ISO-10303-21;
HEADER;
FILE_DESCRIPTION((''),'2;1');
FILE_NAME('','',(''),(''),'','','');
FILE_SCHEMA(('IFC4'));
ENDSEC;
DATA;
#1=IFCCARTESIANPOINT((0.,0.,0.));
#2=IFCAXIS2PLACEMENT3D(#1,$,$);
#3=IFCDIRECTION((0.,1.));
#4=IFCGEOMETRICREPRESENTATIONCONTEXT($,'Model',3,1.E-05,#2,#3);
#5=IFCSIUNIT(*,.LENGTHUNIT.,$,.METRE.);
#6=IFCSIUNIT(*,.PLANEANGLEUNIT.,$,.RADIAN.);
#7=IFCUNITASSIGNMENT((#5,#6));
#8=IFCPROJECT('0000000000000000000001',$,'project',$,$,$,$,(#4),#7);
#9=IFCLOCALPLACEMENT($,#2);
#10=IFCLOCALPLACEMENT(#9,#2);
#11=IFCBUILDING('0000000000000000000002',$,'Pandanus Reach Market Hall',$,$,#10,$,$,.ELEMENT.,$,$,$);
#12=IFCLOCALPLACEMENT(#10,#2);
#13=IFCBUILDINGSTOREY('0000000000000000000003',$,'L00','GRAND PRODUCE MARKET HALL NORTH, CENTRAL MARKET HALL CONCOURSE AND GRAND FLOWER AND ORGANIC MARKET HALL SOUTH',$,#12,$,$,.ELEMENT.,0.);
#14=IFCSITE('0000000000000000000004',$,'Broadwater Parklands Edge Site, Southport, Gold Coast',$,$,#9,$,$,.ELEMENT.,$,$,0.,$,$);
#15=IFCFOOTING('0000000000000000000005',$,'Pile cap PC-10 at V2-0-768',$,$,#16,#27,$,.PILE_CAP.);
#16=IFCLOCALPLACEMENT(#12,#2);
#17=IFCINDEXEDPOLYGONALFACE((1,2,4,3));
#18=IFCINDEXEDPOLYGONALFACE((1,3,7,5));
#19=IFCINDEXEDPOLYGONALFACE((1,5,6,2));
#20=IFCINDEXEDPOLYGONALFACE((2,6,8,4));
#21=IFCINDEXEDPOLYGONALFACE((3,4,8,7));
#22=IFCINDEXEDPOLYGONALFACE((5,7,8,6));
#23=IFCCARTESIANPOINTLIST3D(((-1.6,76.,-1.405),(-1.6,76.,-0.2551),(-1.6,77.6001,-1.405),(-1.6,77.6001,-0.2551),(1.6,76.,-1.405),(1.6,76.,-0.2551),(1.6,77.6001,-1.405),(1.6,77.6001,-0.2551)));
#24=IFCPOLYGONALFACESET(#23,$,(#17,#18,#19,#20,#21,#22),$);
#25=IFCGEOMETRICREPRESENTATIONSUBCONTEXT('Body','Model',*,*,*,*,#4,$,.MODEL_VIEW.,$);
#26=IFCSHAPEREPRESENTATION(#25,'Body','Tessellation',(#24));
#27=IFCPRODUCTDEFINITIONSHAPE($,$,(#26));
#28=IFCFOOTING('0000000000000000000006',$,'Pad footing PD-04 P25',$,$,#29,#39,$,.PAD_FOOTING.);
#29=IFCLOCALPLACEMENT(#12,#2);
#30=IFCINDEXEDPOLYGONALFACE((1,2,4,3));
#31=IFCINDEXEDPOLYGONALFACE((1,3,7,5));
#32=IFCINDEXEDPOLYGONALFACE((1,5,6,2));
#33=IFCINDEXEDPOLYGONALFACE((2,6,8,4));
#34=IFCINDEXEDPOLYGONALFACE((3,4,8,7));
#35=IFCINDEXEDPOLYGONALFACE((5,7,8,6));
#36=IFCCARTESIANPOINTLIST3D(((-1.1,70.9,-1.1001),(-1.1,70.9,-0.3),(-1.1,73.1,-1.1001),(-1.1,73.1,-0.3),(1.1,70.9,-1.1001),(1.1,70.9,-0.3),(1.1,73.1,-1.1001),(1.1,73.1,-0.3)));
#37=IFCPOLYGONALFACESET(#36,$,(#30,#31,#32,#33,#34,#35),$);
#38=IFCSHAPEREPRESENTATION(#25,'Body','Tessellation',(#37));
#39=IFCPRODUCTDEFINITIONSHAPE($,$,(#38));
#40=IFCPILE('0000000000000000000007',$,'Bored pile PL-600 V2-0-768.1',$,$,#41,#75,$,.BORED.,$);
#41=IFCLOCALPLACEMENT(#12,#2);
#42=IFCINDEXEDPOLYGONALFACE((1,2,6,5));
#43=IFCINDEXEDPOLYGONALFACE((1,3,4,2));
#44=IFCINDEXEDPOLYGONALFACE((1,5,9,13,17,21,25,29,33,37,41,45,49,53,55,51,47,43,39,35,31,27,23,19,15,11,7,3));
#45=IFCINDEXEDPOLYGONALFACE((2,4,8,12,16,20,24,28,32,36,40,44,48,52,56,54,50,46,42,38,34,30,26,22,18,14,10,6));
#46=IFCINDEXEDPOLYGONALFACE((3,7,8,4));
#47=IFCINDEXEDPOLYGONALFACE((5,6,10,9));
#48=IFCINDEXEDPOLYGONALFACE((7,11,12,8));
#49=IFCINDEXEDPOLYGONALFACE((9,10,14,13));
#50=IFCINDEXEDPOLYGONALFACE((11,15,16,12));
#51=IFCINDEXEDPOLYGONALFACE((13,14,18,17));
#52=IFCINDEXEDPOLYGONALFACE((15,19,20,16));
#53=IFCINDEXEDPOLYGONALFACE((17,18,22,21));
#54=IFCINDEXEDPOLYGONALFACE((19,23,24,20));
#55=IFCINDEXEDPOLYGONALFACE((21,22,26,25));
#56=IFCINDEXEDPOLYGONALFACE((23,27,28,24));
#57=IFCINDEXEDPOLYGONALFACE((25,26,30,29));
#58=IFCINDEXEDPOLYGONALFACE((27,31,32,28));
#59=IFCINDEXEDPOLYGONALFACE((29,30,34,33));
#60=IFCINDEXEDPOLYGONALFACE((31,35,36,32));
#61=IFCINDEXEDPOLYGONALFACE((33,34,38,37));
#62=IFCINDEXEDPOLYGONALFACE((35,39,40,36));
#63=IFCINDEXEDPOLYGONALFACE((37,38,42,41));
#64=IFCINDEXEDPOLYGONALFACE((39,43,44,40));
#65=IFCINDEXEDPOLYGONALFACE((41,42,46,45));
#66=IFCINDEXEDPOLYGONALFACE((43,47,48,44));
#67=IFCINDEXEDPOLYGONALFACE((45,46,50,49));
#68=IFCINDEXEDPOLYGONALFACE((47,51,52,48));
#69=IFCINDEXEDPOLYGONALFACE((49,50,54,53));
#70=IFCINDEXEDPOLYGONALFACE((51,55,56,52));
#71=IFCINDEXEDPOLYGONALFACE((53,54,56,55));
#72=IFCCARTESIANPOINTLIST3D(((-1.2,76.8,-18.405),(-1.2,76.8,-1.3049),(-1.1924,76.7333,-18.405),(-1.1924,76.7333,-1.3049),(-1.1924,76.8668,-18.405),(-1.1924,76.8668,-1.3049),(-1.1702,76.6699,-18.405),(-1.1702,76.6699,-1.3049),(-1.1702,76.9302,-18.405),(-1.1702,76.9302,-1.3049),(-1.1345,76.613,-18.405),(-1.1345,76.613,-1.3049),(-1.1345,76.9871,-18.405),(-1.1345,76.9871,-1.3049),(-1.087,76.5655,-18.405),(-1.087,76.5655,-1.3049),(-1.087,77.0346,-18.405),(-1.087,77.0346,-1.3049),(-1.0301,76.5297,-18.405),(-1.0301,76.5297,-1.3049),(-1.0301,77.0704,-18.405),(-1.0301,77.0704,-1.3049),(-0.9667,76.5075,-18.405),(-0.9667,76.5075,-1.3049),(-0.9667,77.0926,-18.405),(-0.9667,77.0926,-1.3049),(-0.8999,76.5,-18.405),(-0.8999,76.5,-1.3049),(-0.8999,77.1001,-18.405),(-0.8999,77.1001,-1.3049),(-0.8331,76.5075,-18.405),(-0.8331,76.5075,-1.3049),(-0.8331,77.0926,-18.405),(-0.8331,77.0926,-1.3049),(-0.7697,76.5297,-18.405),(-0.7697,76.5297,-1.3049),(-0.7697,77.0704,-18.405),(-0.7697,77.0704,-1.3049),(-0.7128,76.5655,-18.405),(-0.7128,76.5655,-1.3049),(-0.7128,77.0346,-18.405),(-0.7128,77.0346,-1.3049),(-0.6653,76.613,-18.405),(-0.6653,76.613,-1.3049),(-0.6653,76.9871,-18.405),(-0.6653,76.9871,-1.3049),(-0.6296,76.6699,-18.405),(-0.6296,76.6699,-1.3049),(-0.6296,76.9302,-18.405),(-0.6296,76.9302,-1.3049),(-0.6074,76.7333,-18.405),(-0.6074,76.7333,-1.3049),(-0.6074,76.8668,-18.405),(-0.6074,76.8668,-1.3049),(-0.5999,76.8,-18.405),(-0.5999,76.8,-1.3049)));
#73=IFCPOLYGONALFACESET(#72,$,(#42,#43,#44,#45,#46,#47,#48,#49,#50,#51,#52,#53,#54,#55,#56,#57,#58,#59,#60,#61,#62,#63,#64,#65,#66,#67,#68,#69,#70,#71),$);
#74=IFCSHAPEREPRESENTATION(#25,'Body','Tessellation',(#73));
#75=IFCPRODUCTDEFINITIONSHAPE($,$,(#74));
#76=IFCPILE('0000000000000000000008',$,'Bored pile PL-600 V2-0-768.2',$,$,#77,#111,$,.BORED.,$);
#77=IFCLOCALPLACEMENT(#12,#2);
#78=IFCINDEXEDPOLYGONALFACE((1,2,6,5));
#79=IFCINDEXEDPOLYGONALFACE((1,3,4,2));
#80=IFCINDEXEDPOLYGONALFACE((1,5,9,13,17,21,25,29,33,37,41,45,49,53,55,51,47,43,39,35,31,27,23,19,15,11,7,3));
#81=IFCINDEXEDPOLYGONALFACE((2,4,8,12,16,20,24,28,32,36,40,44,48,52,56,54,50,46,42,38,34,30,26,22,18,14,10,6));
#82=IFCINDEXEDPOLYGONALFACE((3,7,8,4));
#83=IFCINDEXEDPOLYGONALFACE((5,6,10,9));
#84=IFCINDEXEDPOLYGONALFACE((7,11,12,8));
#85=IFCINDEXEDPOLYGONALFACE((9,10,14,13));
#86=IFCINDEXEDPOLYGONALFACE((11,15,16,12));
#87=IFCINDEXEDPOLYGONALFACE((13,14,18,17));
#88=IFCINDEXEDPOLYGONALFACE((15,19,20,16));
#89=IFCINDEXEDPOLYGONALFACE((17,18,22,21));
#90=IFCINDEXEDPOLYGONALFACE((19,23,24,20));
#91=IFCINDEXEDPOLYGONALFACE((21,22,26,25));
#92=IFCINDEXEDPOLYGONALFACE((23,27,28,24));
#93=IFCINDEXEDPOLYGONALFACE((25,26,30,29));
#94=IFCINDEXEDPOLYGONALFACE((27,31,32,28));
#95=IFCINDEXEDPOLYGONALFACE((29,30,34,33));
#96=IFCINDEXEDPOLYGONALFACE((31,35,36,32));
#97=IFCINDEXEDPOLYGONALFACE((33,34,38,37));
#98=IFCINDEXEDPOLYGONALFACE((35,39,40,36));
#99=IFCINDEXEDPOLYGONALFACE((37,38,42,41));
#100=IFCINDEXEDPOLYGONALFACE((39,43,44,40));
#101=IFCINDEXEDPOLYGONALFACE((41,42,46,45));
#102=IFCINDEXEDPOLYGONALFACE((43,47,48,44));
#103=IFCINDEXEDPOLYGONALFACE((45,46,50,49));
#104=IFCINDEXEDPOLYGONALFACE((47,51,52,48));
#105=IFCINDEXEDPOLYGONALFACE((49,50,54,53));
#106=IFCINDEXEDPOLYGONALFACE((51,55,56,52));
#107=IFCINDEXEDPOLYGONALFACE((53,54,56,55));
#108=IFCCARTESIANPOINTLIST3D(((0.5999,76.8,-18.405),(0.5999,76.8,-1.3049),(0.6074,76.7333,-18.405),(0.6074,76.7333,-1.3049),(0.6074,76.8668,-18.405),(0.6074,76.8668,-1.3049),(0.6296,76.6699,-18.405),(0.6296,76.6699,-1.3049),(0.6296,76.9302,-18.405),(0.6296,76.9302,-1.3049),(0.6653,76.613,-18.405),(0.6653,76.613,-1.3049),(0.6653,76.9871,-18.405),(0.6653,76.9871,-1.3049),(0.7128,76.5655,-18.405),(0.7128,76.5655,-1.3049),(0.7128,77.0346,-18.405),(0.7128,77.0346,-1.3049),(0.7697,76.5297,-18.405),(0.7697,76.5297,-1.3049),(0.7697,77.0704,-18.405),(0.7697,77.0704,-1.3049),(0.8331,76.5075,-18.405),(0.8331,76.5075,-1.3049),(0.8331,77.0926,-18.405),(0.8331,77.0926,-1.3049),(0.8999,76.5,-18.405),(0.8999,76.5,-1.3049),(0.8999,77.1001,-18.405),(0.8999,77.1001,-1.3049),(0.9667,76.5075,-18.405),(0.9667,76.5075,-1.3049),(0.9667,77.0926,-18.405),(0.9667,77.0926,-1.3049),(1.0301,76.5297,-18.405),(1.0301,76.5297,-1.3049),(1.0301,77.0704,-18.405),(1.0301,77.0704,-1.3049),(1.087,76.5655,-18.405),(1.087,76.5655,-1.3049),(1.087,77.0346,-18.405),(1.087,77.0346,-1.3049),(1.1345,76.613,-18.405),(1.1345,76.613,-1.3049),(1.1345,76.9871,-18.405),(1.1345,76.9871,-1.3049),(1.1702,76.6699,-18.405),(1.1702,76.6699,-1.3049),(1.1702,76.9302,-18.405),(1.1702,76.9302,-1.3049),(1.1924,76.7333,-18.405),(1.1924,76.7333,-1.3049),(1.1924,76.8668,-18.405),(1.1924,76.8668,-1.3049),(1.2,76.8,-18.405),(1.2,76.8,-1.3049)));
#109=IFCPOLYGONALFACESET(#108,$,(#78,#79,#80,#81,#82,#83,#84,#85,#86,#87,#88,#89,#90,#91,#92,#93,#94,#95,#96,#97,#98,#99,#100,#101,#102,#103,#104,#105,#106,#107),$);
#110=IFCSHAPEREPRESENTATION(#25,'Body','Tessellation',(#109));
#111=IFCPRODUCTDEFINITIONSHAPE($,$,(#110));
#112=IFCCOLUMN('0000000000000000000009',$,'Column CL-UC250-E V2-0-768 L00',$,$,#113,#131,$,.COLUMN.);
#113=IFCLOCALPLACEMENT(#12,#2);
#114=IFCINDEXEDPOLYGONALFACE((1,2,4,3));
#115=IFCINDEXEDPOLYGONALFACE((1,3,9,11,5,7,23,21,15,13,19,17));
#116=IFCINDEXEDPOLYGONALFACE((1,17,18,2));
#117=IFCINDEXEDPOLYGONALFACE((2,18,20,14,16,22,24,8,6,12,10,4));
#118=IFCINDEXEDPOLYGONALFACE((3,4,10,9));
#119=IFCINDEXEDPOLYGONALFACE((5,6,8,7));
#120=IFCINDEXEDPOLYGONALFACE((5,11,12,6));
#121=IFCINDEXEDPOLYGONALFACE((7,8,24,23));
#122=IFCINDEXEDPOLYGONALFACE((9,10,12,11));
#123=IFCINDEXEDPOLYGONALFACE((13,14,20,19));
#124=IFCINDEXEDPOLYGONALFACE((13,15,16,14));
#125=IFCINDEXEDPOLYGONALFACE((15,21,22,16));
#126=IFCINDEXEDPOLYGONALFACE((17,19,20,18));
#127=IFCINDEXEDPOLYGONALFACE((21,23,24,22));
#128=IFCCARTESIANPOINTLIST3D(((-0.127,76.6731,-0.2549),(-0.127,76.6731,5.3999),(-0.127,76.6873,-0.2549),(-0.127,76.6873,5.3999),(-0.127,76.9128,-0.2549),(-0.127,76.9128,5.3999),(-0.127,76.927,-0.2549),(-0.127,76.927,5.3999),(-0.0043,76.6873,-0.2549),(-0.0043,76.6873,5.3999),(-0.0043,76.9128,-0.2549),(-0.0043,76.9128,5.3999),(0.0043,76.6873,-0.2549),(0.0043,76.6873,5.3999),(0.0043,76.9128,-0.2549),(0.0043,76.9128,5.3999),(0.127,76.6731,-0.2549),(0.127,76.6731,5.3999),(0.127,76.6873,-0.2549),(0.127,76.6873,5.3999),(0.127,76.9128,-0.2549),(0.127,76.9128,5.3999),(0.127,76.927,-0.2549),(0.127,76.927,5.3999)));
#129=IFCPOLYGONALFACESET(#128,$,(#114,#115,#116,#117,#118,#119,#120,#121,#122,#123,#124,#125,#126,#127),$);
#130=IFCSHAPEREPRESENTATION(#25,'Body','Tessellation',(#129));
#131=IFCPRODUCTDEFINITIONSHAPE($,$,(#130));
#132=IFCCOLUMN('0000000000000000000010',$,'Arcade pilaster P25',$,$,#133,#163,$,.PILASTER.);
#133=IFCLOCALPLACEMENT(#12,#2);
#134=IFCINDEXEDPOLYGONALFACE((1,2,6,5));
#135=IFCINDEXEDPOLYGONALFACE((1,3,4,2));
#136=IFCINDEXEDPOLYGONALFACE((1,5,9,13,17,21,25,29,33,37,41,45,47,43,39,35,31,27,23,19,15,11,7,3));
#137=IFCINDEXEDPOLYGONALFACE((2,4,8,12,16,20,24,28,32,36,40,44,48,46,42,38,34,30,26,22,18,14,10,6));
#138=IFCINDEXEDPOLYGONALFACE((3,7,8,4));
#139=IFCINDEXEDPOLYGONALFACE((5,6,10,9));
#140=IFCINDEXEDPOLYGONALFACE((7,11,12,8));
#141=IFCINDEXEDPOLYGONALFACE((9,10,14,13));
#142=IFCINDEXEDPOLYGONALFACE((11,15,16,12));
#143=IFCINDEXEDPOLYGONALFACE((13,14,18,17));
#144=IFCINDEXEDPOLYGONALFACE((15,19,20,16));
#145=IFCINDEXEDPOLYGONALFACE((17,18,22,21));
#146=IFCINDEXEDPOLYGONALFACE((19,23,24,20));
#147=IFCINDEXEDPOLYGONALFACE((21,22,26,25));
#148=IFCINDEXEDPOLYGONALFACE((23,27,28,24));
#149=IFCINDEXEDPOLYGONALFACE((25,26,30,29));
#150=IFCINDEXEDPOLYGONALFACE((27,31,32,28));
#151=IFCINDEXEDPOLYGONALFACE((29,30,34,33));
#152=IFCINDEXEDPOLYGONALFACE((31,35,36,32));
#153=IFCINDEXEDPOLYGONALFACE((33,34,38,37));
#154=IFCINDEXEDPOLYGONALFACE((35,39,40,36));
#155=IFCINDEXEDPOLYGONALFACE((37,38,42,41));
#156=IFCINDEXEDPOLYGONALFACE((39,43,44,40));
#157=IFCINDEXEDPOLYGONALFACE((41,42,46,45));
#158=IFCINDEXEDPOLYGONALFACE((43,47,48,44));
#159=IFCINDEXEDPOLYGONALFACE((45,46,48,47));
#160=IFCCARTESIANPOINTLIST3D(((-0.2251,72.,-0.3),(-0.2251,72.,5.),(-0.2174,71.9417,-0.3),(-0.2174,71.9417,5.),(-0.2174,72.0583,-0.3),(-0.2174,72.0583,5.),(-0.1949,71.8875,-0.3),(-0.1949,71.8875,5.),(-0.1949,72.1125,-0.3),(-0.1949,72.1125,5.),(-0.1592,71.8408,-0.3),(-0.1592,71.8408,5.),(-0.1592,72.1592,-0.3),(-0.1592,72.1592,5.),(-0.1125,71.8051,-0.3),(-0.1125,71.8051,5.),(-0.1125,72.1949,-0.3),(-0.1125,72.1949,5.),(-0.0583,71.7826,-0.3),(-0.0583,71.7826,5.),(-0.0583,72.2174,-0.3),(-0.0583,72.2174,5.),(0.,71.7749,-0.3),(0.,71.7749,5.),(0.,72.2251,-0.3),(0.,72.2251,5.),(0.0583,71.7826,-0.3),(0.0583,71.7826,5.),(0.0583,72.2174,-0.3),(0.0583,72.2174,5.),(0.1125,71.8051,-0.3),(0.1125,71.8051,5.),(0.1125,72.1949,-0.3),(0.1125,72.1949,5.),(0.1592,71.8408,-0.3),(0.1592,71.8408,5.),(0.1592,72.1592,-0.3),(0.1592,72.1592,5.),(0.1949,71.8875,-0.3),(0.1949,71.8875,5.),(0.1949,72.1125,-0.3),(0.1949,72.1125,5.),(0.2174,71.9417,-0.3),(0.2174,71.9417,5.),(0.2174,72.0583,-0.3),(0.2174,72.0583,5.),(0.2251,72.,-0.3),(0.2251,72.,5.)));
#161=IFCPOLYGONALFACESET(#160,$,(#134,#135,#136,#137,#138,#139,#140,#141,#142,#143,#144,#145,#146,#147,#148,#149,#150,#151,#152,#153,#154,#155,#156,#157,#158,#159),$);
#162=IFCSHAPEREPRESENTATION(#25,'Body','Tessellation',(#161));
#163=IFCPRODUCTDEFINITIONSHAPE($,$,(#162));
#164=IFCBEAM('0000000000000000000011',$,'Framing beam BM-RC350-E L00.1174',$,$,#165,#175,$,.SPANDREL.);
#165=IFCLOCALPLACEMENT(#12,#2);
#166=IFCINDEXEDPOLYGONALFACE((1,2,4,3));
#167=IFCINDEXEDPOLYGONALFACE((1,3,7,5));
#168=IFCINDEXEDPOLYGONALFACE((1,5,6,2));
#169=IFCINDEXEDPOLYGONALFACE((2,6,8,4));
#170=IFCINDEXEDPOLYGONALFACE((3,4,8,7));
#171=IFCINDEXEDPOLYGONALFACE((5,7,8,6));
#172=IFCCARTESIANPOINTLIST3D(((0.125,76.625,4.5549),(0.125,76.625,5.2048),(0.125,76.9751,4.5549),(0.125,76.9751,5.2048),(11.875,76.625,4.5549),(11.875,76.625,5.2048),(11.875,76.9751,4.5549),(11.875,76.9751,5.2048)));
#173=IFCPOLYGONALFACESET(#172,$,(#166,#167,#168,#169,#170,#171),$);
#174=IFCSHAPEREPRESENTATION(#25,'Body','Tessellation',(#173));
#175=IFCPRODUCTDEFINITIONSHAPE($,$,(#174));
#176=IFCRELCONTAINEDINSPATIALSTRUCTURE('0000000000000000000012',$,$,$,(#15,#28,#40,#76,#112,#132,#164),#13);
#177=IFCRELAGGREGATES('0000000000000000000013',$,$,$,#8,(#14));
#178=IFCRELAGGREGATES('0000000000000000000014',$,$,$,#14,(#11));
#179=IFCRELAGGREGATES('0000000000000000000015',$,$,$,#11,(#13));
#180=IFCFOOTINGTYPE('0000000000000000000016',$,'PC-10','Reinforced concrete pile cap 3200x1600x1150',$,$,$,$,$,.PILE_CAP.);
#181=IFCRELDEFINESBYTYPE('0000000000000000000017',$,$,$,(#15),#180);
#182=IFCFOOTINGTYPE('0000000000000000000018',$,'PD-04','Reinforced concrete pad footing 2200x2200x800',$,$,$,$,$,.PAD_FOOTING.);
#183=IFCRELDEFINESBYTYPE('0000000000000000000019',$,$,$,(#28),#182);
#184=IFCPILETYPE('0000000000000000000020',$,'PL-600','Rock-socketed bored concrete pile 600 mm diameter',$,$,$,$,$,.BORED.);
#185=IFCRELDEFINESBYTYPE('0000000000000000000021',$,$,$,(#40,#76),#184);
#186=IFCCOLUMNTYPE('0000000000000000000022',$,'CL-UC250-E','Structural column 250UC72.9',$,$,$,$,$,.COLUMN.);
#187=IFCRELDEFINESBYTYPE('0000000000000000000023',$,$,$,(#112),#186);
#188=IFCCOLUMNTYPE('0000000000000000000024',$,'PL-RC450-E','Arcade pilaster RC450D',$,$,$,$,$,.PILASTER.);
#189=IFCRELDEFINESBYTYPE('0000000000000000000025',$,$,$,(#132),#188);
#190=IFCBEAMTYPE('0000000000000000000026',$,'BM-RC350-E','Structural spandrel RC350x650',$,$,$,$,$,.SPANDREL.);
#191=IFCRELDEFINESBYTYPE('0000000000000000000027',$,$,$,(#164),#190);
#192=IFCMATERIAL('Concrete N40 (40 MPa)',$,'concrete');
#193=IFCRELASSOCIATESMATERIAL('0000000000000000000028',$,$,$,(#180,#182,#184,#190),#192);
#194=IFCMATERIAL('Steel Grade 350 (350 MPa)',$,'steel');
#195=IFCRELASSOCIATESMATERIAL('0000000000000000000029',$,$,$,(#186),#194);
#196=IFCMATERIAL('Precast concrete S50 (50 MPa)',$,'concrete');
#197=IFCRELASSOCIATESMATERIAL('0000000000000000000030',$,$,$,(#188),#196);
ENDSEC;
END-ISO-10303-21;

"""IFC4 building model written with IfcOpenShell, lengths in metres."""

from ifc_helpers import new_model, si_unit, direction, frame, origin, origin_2d, place, context, subcontext, project, spatial, rectangle, circle, i_section, extrude, material, material_profile, profile_set, type_object, element, save


model = new_model("IFC4")

# Units and contexts
model_context = context("Model", 3, precision=1e-05, world=origin(), true_north=direction((0.0, 1.0)))
body_context = subcontext(model_context, "Body", "Model", "MODEL_VIEW")
ifc_project = project(units=[si_unit("LENGTHUNIT", "METRE"), si_unit("PLANEANGLEUNIT", "RADIAN")], contexts=[model_context])

# Site, building, storey
site_placement = place(None, origin())
site = spatial("IfcSite", under=ifc_project, at=site_placement, Name="Broadwater Parklands Edge Site, Southport, Gold Coast", CompositionType="ELEMENT", RefElevation=0.0)
building_placement = place(site_placement, origin())
building = spatial("IfcBuilding", under=site, at=building_placement, Name="Pandanus Reach Market Hall", CompositionType="ELEMENT")
storey_placement = place(building_placement, origin())
storey = spatial("IfcBuildingStorey", under=building, at=storey_placement, Name="L00", Description="GRAND PRODUCE MARKET HALL NORTH, CENTRAL MARKET HALL CONCOURSE AND GRAND FLOWER AND ORGANIC MARKET HALL SOUTH", CompositionType="ELEMENT", Elevation=0.0)

# Footings
ifc_material_1 = material(Name="Concrete N40 (40 MPa)", Category="concrete")
footing_type_1 = type_object("IfcFootingType", Name="PC-10", Description="Reinforced concrete pile cap 3200x1600x1150", PredefinedType="PILE_CAP", material=ifc_material_1)
footing_1_placement = place(storey_placement, frame((0.0, 76.8, -1.405), z_axis=(0.0, 0.0, 1.0), x_axis=(1.0, 0.0, 0.0)))
element("IfcFooting", 1, at=footing_1_placement, inside=storey, type_object=footing_type_1, Name="Pile cap PC-10 at V2-0-768", PredefinedType="PILE_CAP", context=body_context, shape_type="SweptSolid", body=[
    extrude(rectangle(XDim=3.2, YDim=1.6001, at=origin_2d()), origin(), (0.0, 0.0, 1.0), 1.1499),
])
footing_type_2 = type_object("IfcFootingType", Name="PD-04", Description="Reinforced concrete pad footing 2200x2200x800", PredefinedType="PAD_FOOTING", material=ifc_material_1)
footing_2_placement = place(storey_placement, frame((0.0, 72.0, -1.1001), z_axis=(0.0, 0.0, 1.0), x_axis=(1.0, 0.0, 0.0)))
element("IfcFooting", 2, at=footing_2_placement, inside=storey, type_object=footing_type_2, Name="Pad footing PD-04 P25", PredefinedType="PAD_FOOTING", context=body_context, shape_type="SweptSolid", body=[
    extrude(rectangle(XDim=2.2, YDim=2.2, at=origin_2d()), origin(), (0.0, 0.0, 1.0), 0.8),
])

# Piles
ifc_material_profile_1 = material_profile(ifc_material_1, circle(Radius=0.3, at=origin_2d()), Name="PILE-600D", Category="LoadBearing")
ifc_profile_set_1 = profile_set([ifc_material_profile_1], Name="Concrete N40 (40 MPa)")
pile_type = type_object("IfcPileType", Name="PL-600", Description="Rock-socketed bored concrete pile 600 mm diameter", PredefinedType="BORED", material=ifc_profile_set_1)
for number, where, z_axis, x_axis, name in (
    (3, (-0.8999, 76.8, -1.3049), (0.0, 0.0, -1.0), (1.0, 0.0, 0.0), "Bored pile PL-600 V2-0-768.1"),
    (4, (0.8999, 76.8, -1.3049), (0.0, 0.0, -1.0), (1.0, 0.0, 0.0), "Bored pile PL-600 V2-0-768.2"),
):
    element("IfcPile", number, at=place(storey_placement, frame(where, z_axis=z_axis, x_axis=x_axis)), inside=storey, type_object=pile_type, Name=name, PredefinedType="BORED", context=body_context, shape_type="SweptSolid", body=[
        extrude(circle(Radius=0.3, at=origin_2d()), origin(), (0.0, 0.0, 1.0), 17.1001),
    ])

# Columns
ifc_material_2 = material(Name="Steel Grade 350 (350 MPa)", Category="steel")
ifc_material_profile_2 = material_profile(ifc_material_2, i_section(OverallWidth=0.2539, OverallDepth=0.2539, WebThickness=0.0085, FlangeThickness=0.0142, at=origin_2d()), Name="250UC72.9", Category="LoadBearing")
ifc_profile_set_2 = profile_set([ifc_material_profile_2], Name="Steel Grade 350 (350 MPa)")
column_type_1 = type_object("IfcColumnType", Name="CL-UC250-E", Description="Structural column 250UC72.9", PredefinedType="COLUMN", material=ifc_profile_set_2)
column_1_placement = place(storey_placement, frame((0.0, 76.8, -0.2549), z_axis=(0.0, 0.0, 1.0), x_axis=(1.0, 0.0, 0.0)))
element("IfcColumn", 5, at=column_1_placement, inside=storey, type_object=column_type_1, Name="Column CL-UC250-E V2-0-768 L00", PredefinedType="COLUMN", context=body_context, shape_type="SweptSolid", body=[
    extrude(i_section(OverallWidth=0.2539, OverallDepth=0.2539, WebThickness=0.0085, FlangeThickness=0.0142, at=origin_2d()), origin(), (0.0, 0.0, 1.0), 5.6548),
])
ifc_material_3 = material(Name="Precast concrete S50 (50 MPa)", Category="concrete")
ifc_material_profile_3 = material_profile(ifc_material_3, circle(Radius=0.2251, at=origin_2d()), Name="RC450D", Category="LoadBearing")
ifc_profile_set_3 = profile_set([ifc_material_profile_3], Name="Precast concrete S50 (50 MPa)")
column_type_2 = type_object("IfcColumnType", Name="PL-RC450-E", Description="Arcade pilaster RC450D", PredefinedType="PILASTER", material=ifc_profile_set_3)
column_2_placement = place(storey_placement, frame((0.0, 72.0, -0.3), z_axis=(0.0, 0.0, 1.0), x_axis=(1.0, 0.0, 0.0)))
element("IfcColumn", 6, at=column_2_placement, inside=storey, type_object=column_type_2, Name="Arcade pilaster P25", PredefinedType="PILASTER", context=body_context, shape_type="SweptSolid", body=[
    extrude(circle(Radius=0.2251, at=origin_2d()), origin(), (0.0, 0.0, 1.0), 5.3),
])

# Beam
ifc_material_profile_4 = material_profile(ifc_material_1, rectangle(XDim=0.3501, YDim=0.6499, at=origin_2d()), Name="RC350x650", Category="LoadBearing")
ifc_profile_set_4 = profile_set([ifc_material_profile_4], Name="Concrete N40 (40 MPa)")
beam_type = type_object("IfcBeamType", Name="BM-RC350-E", Description="Structural spandrel RC350x650", PredefinedType="SPANDREL", material=ifc_profile_set_4)
beam_placement = place(storey_placement, frame((0.125, 76.8, 4.8799), z_axis=(1.0, 0.0, 0.0), x_axis=(0.0, 1.0, 0.0)))
element("IfcBeam", 7, at=beam_placement, inside=storey, type_object=beam_type, Name="Framing beam BM-RC350-E L00.1174", PredefinedType="SPANDREL", context=body_context, shape_type="SweptSolid", body=[
    extrude(rectangle(XDim=0.3501, YDim=0.6499, at=origin_2d()), origin(), (0.0, 0.0, 1.0), 11.75),
])

save(model, "model.ifc")
